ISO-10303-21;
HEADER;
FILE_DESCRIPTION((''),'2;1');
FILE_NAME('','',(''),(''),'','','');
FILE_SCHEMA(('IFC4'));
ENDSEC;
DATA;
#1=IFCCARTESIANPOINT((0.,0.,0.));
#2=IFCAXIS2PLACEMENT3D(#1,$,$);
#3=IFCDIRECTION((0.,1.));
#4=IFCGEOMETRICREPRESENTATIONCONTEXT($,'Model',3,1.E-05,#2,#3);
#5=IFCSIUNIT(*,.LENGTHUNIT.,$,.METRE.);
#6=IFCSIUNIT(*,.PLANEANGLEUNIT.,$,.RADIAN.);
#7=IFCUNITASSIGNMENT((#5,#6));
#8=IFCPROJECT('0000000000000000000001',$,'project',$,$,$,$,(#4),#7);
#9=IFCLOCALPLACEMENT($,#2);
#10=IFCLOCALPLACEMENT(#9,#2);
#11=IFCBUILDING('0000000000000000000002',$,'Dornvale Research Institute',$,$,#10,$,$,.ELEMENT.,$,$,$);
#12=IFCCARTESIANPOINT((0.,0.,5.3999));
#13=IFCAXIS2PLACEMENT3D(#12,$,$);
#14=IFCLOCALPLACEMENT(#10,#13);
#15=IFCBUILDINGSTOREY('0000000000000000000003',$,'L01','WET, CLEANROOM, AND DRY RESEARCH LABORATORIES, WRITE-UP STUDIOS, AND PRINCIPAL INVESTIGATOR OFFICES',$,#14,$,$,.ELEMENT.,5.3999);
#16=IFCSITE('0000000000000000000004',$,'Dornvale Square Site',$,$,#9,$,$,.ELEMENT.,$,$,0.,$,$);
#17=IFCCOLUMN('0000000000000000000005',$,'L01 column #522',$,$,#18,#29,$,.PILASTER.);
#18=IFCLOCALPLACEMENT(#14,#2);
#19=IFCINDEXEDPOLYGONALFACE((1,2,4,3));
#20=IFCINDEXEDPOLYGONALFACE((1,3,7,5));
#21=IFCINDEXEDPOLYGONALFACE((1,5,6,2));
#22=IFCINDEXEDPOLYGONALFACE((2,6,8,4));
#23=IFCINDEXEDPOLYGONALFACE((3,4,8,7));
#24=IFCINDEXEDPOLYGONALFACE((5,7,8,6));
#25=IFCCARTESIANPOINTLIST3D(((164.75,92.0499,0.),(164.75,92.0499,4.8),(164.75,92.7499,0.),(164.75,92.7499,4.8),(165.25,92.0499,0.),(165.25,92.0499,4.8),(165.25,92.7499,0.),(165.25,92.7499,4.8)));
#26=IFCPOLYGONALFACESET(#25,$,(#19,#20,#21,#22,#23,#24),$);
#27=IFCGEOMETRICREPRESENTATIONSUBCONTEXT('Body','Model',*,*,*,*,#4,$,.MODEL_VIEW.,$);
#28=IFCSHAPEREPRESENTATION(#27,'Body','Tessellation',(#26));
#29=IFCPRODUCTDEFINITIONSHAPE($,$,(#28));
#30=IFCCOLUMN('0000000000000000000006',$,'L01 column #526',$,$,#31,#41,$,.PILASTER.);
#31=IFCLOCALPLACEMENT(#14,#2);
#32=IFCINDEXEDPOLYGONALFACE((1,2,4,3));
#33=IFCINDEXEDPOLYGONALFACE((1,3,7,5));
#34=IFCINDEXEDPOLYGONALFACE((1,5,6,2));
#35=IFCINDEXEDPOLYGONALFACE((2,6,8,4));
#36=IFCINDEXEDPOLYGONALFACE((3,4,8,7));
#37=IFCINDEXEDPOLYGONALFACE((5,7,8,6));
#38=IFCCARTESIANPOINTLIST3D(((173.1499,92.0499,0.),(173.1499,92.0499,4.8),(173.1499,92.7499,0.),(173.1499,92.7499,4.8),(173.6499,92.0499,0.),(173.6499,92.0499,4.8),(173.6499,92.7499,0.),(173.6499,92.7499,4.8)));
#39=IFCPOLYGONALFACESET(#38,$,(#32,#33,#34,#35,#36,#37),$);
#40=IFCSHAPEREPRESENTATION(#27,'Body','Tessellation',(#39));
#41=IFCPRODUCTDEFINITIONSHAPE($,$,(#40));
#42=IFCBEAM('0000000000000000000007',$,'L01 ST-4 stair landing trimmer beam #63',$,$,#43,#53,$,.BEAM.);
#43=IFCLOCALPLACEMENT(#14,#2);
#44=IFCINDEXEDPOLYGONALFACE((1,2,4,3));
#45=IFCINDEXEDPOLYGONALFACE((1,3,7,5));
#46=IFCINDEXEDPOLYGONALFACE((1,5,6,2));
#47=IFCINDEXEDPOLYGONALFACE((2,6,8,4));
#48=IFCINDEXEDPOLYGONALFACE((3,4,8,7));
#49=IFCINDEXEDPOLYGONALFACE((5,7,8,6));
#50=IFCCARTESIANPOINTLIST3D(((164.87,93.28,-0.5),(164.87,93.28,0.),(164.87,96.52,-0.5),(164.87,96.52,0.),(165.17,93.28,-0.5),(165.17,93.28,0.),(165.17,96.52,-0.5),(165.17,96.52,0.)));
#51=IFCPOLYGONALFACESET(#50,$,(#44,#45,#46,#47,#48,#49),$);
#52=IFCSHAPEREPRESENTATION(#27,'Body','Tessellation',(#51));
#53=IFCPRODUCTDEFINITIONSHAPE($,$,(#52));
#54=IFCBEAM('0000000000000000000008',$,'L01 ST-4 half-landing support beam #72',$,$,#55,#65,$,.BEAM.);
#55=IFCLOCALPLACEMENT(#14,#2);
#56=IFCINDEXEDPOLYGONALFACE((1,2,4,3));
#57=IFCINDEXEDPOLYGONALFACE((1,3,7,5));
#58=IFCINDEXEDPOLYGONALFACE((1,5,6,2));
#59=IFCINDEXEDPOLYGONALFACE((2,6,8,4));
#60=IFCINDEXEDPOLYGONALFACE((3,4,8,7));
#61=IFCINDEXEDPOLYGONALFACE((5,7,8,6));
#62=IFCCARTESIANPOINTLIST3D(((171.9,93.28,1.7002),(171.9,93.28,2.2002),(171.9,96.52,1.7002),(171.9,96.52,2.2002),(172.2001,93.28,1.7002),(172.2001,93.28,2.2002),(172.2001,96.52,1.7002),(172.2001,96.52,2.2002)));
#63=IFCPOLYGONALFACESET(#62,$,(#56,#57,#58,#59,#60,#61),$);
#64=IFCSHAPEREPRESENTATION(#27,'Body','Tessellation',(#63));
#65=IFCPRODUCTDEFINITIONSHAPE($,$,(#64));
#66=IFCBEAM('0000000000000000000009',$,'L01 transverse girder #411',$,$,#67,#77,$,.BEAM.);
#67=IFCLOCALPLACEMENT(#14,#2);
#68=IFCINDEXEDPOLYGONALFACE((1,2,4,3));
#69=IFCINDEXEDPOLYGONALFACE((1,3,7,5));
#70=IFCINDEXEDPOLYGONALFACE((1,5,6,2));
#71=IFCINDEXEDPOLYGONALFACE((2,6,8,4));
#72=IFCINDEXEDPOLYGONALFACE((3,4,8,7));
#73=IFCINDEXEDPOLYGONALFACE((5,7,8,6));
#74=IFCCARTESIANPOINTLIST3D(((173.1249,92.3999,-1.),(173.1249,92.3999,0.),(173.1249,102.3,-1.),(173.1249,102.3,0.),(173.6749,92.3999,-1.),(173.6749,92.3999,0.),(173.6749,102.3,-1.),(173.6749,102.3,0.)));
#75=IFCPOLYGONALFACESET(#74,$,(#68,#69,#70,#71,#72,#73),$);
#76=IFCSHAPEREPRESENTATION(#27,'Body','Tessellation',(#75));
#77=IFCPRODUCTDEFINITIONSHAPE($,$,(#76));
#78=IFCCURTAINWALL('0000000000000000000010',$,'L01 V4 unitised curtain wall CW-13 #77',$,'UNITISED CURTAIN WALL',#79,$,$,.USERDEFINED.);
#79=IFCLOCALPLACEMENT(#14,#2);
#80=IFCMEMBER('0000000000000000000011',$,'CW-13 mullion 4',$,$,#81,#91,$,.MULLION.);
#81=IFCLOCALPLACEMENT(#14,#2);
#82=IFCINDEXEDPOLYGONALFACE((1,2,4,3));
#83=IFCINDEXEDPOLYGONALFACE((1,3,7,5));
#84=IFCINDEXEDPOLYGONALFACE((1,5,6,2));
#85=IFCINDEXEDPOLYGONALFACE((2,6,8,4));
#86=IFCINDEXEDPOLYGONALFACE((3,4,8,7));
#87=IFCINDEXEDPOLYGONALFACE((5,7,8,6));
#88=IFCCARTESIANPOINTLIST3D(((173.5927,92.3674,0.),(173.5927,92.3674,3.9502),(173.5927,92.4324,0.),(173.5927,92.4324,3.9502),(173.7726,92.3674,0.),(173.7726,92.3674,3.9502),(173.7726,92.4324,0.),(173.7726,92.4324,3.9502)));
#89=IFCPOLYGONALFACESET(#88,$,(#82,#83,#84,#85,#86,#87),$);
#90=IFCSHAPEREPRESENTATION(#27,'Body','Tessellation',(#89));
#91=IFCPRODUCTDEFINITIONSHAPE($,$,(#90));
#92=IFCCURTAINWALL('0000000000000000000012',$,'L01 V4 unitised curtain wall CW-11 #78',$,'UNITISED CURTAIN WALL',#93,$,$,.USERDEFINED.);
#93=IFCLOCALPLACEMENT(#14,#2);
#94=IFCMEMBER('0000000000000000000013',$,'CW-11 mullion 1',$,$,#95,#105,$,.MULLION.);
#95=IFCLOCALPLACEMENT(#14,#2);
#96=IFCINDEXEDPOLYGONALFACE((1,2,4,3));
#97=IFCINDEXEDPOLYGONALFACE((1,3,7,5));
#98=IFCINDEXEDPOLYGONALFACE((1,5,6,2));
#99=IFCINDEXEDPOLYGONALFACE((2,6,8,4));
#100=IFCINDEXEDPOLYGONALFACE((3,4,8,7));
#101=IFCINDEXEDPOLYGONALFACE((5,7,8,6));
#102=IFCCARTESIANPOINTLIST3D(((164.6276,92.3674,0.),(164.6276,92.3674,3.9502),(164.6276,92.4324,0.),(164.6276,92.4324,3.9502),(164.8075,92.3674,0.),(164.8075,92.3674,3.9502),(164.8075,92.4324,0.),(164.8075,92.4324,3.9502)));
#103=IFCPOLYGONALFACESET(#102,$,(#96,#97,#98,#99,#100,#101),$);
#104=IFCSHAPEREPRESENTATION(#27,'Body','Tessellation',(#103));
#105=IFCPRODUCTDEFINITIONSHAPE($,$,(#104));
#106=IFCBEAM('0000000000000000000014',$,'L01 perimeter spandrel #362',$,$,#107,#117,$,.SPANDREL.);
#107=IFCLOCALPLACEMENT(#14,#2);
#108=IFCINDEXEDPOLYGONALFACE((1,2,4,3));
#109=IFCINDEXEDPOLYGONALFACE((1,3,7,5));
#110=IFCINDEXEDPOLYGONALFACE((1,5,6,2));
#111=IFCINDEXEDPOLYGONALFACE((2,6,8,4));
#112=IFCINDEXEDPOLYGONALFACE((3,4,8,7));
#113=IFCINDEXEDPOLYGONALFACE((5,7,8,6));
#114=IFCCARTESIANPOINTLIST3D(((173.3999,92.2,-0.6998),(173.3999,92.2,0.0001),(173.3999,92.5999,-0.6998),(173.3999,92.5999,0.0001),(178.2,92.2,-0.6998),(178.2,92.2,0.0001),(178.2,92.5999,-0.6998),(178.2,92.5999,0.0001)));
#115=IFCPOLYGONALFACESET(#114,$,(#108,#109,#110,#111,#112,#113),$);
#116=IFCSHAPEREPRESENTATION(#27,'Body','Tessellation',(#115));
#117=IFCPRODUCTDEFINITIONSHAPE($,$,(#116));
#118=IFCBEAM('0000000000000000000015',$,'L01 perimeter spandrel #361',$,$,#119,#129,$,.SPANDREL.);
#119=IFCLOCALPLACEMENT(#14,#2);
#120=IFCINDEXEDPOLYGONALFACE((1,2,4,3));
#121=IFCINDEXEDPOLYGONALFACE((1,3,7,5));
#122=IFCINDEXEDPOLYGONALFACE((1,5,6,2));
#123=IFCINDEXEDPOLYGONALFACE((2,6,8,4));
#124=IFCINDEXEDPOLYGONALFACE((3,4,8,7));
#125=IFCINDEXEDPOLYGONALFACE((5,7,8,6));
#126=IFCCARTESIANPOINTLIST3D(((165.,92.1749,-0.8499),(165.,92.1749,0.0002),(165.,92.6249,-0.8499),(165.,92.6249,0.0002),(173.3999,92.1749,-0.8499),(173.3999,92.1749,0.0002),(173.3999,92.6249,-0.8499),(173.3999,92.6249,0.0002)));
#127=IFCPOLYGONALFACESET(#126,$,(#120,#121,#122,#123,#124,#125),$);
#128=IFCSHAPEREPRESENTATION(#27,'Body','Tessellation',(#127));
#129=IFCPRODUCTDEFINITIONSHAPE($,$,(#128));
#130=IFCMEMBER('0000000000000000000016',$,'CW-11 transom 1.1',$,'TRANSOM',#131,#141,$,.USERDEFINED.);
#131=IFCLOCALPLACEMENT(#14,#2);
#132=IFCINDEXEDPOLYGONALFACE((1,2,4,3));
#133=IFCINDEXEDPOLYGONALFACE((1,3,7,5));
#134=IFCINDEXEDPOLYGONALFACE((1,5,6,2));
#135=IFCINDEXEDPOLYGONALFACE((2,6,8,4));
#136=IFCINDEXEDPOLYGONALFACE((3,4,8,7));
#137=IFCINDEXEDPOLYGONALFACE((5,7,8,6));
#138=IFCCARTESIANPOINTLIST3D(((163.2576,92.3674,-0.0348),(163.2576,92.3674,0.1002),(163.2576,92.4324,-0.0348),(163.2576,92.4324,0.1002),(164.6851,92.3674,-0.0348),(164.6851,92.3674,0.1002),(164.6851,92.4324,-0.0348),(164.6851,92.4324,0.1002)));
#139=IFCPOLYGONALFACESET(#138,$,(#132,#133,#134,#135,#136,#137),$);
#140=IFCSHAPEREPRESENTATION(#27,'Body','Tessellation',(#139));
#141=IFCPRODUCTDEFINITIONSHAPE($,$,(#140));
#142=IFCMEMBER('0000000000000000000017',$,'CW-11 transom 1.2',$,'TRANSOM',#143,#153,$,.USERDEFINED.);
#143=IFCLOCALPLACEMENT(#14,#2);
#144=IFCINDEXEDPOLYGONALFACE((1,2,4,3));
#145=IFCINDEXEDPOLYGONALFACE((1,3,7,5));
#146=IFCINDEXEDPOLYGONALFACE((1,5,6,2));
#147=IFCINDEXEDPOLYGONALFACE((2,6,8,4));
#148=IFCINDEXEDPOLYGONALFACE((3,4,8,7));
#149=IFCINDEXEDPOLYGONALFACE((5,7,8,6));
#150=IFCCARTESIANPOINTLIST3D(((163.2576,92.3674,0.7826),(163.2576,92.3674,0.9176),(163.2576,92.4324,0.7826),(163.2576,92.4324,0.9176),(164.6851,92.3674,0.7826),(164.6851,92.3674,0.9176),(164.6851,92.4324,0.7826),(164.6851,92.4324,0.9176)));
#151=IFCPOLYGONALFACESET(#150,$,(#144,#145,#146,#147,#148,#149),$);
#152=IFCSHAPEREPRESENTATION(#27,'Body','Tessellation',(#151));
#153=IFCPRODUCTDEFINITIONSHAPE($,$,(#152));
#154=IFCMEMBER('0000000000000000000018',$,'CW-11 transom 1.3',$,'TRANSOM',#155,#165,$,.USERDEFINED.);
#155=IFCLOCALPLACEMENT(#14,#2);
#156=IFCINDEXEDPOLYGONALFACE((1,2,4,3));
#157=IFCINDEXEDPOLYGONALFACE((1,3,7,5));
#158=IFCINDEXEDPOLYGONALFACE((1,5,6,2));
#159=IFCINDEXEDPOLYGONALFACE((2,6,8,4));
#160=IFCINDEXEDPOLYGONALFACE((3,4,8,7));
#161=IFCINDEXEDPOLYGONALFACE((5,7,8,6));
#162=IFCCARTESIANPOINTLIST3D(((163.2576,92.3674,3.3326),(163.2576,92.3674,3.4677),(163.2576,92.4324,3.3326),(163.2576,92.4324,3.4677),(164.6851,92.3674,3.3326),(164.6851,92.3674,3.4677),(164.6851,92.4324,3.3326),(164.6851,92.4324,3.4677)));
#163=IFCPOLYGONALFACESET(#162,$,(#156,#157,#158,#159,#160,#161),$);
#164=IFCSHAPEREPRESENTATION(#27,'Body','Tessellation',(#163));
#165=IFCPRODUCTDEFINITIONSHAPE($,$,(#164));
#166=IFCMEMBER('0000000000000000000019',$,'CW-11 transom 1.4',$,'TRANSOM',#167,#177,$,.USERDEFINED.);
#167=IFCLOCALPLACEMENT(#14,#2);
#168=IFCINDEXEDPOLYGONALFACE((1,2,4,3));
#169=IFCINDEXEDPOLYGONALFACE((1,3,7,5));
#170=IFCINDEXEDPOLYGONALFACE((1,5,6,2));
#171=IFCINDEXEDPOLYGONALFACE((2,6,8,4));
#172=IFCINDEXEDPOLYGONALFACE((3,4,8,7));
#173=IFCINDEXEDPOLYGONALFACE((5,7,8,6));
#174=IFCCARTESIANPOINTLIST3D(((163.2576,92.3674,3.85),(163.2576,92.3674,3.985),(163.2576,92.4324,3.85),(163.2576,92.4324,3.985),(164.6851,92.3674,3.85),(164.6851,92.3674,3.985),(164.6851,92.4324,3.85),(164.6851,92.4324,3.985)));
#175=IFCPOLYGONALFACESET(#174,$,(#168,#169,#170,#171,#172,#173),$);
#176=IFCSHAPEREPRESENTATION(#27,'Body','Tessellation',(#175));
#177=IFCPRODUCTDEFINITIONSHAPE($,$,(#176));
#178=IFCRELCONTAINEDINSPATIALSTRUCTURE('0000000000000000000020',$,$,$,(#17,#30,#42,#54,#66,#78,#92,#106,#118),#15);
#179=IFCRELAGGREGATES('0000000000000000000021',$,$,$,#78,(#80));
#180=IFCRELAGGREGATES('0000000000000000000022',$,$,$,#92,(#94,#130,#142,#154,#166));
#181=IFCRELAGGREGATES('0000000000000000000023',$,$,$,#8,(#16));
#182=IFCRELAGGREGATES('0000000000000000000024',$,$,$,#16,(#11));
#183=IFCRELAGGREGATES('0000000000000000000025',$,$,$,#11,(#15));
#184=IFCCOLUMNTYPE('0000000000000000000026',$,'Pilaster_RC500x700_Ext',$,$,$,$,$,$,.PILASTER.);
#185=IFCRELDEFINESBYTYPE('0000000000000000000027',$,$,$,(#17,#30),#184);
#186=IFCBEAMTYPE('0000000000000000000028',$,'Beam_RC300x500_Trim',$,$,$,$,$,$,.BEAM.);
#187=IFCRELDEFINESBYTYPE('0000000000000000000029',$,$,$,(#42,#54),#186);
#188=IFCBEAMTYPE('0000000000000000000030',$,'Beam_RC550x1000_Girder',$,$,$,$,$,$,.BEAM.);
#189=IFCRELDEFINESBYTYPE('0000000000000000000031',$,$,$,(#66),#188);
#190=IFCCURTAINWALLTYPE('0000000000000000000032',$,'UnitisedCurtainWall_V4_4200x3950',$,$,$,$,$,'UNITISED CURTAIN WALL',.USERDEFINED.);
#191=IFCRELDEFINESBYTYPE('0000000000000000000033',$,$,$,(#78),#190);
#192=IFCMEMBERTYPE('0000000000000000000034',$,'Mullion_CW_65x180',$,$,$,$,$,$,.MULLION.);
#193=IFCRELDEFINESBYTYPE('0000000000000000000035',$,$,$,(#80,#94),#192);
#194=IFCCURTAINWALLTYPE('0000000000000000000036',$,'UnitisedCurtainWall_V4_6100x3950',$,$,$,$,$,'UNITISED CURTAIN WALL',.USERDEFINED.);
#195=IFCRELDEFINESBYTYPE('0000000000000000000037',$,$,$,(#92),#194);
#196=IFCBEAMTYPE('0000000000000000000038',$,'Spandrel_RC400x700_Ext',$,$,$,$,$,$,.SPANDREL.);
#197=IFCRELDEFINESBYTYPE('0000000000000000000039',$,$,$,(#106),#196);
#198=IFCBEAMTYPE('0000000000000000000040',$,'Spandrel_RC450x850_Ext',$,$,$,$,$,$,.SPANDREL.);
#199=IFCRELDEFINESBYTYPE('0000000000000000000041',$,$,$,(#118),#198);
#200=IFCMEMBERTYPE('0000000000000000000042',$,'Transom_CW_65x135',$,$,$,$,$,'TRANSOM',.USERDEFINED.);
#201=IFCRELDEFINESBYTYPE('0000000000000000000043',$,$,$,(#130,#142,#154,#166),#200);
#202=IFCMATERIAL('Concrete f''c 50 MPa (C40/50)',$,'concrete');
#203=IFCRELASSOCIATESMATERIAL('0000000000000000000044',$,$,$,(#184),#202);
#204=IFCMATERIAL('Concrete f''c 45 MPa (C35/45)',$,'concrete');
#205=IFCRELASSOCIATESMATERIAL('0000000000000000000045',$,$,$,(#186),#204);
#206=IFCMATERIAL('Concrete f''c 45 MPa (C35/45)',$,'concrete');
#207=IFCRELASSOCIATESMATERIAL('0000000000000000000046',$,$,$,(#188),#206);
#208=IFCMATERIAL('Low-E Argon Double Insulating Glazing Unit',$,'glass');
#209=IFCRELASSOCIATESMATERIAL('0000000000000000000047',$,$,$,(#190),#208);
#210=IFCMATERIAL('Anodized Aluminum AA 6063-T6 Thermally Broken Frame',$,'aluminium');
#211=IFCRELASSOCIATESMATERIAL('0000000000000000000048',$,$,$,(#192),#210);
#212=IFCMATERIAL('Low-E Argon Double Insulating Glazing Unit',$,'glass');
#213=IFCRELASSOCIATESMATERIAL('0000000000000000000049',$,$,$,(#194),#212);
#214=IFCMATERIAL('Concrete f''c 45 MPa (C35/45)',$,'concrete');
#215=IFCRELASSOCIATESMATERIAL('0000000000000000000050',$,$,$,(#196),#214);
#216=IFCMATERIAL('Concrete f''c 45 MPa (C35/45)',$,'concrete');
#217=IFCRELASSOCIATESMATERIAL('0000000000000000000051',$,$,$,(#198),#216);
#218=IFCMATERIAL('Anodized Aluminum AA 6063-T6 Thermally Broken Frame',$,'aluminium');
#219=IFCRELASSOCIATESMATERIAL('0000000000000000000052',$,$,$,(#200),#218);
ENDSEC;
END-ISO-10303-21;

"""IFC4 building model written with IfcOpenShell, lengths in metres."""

from ifc_helpers import new_model, si_unit, direction, frame, origin, origin_2d, place, context, subcontext, project, spatial, rectangle, extrude, material, material_profile, profile_set, type_object, element, aggregate, save


model = new_model("IFC4")

# Units and contexts
model_context = context("Model", 3, precision=1e-05, world=origin(), true_north=direction((0.0, 1.0)))
body_context = subcontext(model_context, "Body", "Model", "MODEL_VIEW")
ifc_project = project(units=[si_unit("LENGTHUNIT", "METRE"), si_unit("PLANEANGLEUNIT", "RADIAN")], contexts=[model_context])

# Site, building, storey
site_placement = place(None, origin())
site = spatial("IfcSite", under=ifc_project, at=site_placement, Name="Dornvale Square Site", CompositionType="ELEMENT", RefElevation=0.0)
building_placement = place(site_placement, origin())
building = spatial("IfcBuilding", under=site, at=building_placement, Name="Dornvale Research Institute", CompositionType="ELEMENT")
storey_placement = place(building_placement, frame((0.0, 0.0, 5.3999)))
storey = spatial("IfcBuildingStorey", under=building, at=storey_placement, Name="L01", Description="WET, CLEANROOM, AND DRY RESEARCH LABORATORIES, WRITE-UP STUDIOS, AND PRINCIPAL INVESTIGATOR OFFICES", CompositionType="ELEMENT", Elevation=5.3999)

# Columns
ifc_material_1 = material(Name="Concrete f'c 50 MPa (C40/50)", Category="concrete")
ifc_material_profile_1 = material_profile(ifc_material_1, rectangle(XDim=0.5, YDim=0.7, at=origin_2d()), Name="RC 500x700")
ifc_profile_set_1 = profile_set([ifc_material_profile_1], Name="Concrete f'c 50 MPa (C40/50)")
column_type = type_object("IfcColumnType", Name="Pilaster_RC500x700_Ext", PredefinedType="PILASTER", material=ifc_profile_set_1)
for number, where, z_axis, x_axis, name in (
    (1, (165.0, 92.3999, 0.0), (0.0, 0.0, 1.0), (1.0, 0.0, 0.0), "L01 column #522"),
    (2, (173.3999, 92.3999, 0.0), (0.0, 0.0, 1.0), (1.0, 0.0, 0.0), "L01 column #526"),
):
    element("IfcColumn", number, at=place(storey_placement, frame(where, z_axis=z_axis, x_axis=x_axis)), inside=storey, type_object=column_type, Name=name, PredefinedType="PILASTER", context=body_context, shape_type="SweptSolid", body=[
        extrude(rectangle(XDim=0.5, YDim=0.7, at=origin_2d()), origin(), (0.0, 0.0, 1.0), 4.8),
    ])

# Beams
ifc_material_2 = material(Name="Concrete f'c 45 MPa (C35/45)", Category="concrete")
ifc_material_profile_2 = material_profile(ifc_material_2, rectangle(XDim=0.3, YDim=0.5, at=origin_2d()), Name="RC 300x500")
ifc_profile_set_2 = profile_set([ifc_material_profile_2], Name="Concrete f'c 45 MPa (C35/45)")
beam_type_1 = type_object("IfcBeamType", Name="Beam_RC300x500_Trim", PredefinedType="BEAM", material=ifc_profile_set_2)
for number, where, z_axis, x_axis, name in (
    (3, (165.02, 93.28, -0.25), (0.0, 1.0, 0.0), (-1.0, 0.0, 0.0), "L01 ST-4 stair landing trimmer beam #63"),
    (4, (172.05, 93.28, 1.9502), (0.0, 1.0, 0.0), (-1.0, 0.0, 0.0), "L01 ST-4 half-landing support beam #72"),
):
    element("IfcBeam", number, at=place(storey_placement, frame(where, z_axis=z_axis, x_axis=x_axis)), inside=storey, type_object=beam_type_1, Name=name, PredefinedType="BEAM", context=body_context, shape_type="SweptSolid", body=[
        extrude(rectangle(XDim=0.3, YDim=0.5, at=origin_2d()), origin(), (0.0, 0.0, 1.0), 3.24),
    ])
ifc_material_3 = material(Name="Concrete f'c 45 MPa (C35/45)", Category="concrete")
ifc_material_profile_3 = material_profile(ifc_material_3, rectangle(XDim=0.55, YDim=1.0, at=origin_2d()), Name="RC 550x1000")
ifc_profile_set_3 = profile_set([ifc_material_profile_3], Name="Concrete f'c 45 MPa (C35/45)")
beam_type_2 = type_object("IfcBeamType", Name="Beam_RC550x1000_Girder", PredefinedType="BEAM", material=ifc_profile_set_3)
beam_1_placement = place(storey_placement, frame((173.3999, 92.3999, -0.5), z_axis=(0.0, 1.0, 0.0), x_axis=(-1.0, 0.0, 0.0)))
element("IfcBeam", 5, at=beam_1_placement, inside=storey, type_object=beam_type_2, Name="L01 transverse girder #411", PredefinedType="BEAM", context=body_context, shape_type="SweptSolid", body=[
    extrude(rectangle(XDim=0.55, YDim=1.0, at=origin_2d()), origin(), (0.0, 0.0, 1.0), 9.9001),
])

# Curtain walls, members
ifc_material_4 = material(Name="Low-E Argon Double Insulating Glazing Unit", Category="glass")
curtain_wall_type_1 = type_object("IfcCurtainWallType", Name="UnitisedCurtainWall_V4_4200x3950", ElementType="UNITISED CURTAIN WALL", PredefinedType="USERDEFINED", material=ifc_material_4)
curtain_wall_1_placement = place(storey_placement, origin())
curtain_wall_1 = element("IfcCurtainWall", 6, at=curtain_wall_1_placement, inside=storey, type_object=curtain_wall_type_1, Name="L01 V4 unitised curtain wall CW-13 #77", ObjectType="UNITISED CURTAIN WALL", PredefinedType="USERDEFINED")
ifc_material_5 = material(Name="Anodized Aluminum AA 6063-T6 Thermally Broken Frame", Category="aluminium")
ifc_material_profile_4 = material_profile(ifc_material_5, rectangle(XDim=0.0649, YDim=0.1799, at=origin_2d()), Name="ALU MULLION 65x180")
ifc_profile_set_4 = profile_set([ifc_material_profile_4], Name="Anodized Aluminum AA 6063-T6 Thermally Broken Frame")
member_type_1 = type_object("IfcMemberType", Name="Mullion_CW_65x180", PredefinedType="MULLION", material=ifc_profile_set_4)
member_1_placement = place(storey_placement, frame((173.6826, 92.3999, 0.0), z_axis=(0.0, 0.0, 1.0), x_axis=(0.0, -1.0, 0.0)))
member_1 = element("IfcMember", 7, at=member_1_placement, type_object=member_type_1, Name="CW-13 mullion 4", PredefinedType="MULLION", context=body_context, shape_type="SweptSolid", body=[
    extrude(rectangle(XDim=0.0649, YDim=0.1799, at=origin_2d()), origin(), (0.0, 0.0, 1.0), 3.9502),
])
ifc_material_6 = material(Name="Low-E Argon Double Insulating Glazing Unit", Category="glass")
curtain_wall_type_2 = type_object("IfcCurtainWallType", Name="UnitisedCurtainWall_V4_6100x3950", ElementType="UNITISED CURTAIN WALL", PredefinedType="USERDEFINED", material=ifc_material_6)
curtain_wall_2_placement = place(storey_placement, origin())
curtain_wall_2 = element("IfcCurtainWall", 8, at=curtain_wall_2_placement, inside=storey, type_object=curtain_wall_type_2, Name="L01 V4 unitised curtain wall CW-11 #78", ObjectType="UNITISED CURTAIN WALL", PredefinedType="USERDEFINED")
member_2_placement = place(storey_placement, frame((164.7175, 92.3999, 0.0), z_axis=(0.0, 0.0, 1.0), x_axis=(0.0, -1.0, 0.0)))
member_2 = element("IfcMember", 9, at=member_2_placement, type_object=member_type_1, Name="CW-11 mullion 1", PredefinedType="MULLION", context=body_context, shape_type="SweptSolid", body=[
    extrude(rectangle(XDim=0.0649, YDim=0.1799, at=origin_2d()), origin(), (0.0, 0.0, 1.0), 3.9502),
])

# Beams
ifc_material_7 = material(Name="Concrete f'c 45 MPa (C35/45)", Category="concrete")
ifc_material_profile_5 = material_profile(ifc_material_7, rectangle(XDim=0.3999, YDim=0.7, at=origin_2d()), Name="RC 400x700")
ifc_profile_set_5 = profile_set([ifc_material_profile_5], Name="Concrete f'c 45 MPa (C35/45)")
beam_type_3 = type_object("IfcBeamType", Name="Spandrel_RC400x700_Ext", PredefinedType="SPANDREL", material=ifc_profile_set_5)
beam_2_placement = place(storey_placement, frame((173.3999, 92.3999, -0.3499), z_axis=(1.0, 0.0, 0.0), x_axis=(0.0, 1.0, 0.0)))
element("IfcBeam", 10, at=beam_2_placement, inside=storey, type_object=beam_type_3, Name="L01 perimeter spandrel #362", PredefinedType="SPANDREL", context=body_context, shape_type="SweptSolid", body=[
    extrude(rectangle(XDim=0.3999, YDim=0.7, at=origin_2d()), origin(), (0.0, 0.0, 1.0), 4.8),
])
ifc_material_8 = material(Name="Concrete f'c 45 MPa (C35/45)", Category="concrete")
ifc_material_profile_6 = material_profile(ifc_material_8, rectangle(XDim=0.45, YDim=0.8501, at=origin_2d()), Name="RC 450x850")
ifc_profile_set_6 = profile_set([ifc_material_profile_6], Name="Concrete f'c 45 MPa (C35/45)")
beam_type_4 = type_object("IfcBeamType", Name="Spandrel_RC450x850_Ext", PredefinedType="SPANDREL", material=ifc_profile_set_6)
beam_3_placement = place(storey_placement, frame((165.0, 92.3999, -0.4248), z_axis=(1.0, 0.0, 0.0), x_axis=(0.0, 1.0, 0.0)))
element("IfcBeam", 11, at=beam_3_placement, inside=storey, type_object=beam_type_4, Name="L01 perimeter spandrel #361", PredefinedType="SPANDREL", context=body_context, shape_type="SweptSolid", body=[
    extrude(rectangle(XDim=0.45, YDim=0.8501, at=origin_2d()), origin(), (0.0, 0.0, 1.0), 8.3999),
])

# Members
ifc_material_9 = material(Name="Anodized Aluminum AA 6063-T6 Thermally Broken Frame", Category="aluminium")
ifc_material_profile_7 = material_profile(ifc_material_9, rectangle(XDim=0.0649, YDim=0.135, at=origin_2d()), Name="ALU TRANSOM 65x135")
ifc_profile_set_7 = profile_set([ifc_material_profile_7], Name="Anodized Aluminum AA 6063-T6 Thermally Broken Frame")
member_type_2 = type_object("IfcMemberType", Name="Transom_CW_65x135", ElementType="TRANSOM", PredefinedType="USERDEFINED", material=ifc_profile_set_7)
member_3_placement = place(storey_placement, frame((164.6851, 92.3999, 0.0327), z_axis=(-1.0, 0.0, 0.0), x_axis=(0.0, -1.0, 0.0)))
member_3 = element("IfcMember", 12, at=member_3_placement, type_object=member_type_2, Name="CW-11 transom 1.1", ObjectType="TRANSOM", PredefinedType="USERDEFINED", context=body_context, shape_type="SweptSolid", body=[
    extrude(rectangle(XDim=0.0649, YDim=0.135, at=origin_2d()), origin(), (0.0, 0.0, 1.0), 1.4275),
])
member_4_placement = place(storey_placement, frame((164.6851, 92.3999, 0.8501), z_axis=(-1.0, 0.0, 0.0), x_axis=(0.0, -1.0, 0.0)))
member_4 = element("IfcMember", 13, at=member_4_placement, type_object=member_type_2, Name="CW-11 transom 1.2", ObjectType="TRANSOM", PredefinedType="USERDEFINED", context=body_context, shape_type="SweptSolid", body=[
    extrude(rectangle(XDim=0.0649, YDim=0.135, at=origin_2d()), origin(), (0.0, 0.0, 1.0), 1.4275),
])
member_5_placement = place(storey_placement, frame((164.6851, 92.3999, 3.4001), z_axis=(-1.0, 0.0, 0.0), x_axis=(0.0, -1.0, 0.0)))
member_5 = element("IfcMember", 14, at=member_5_placement, type_object=member_type_2, Name="CW-11 transom 1.3", ObjectType="TRANSOM", PredefinedType="USERDEFINED", context=body_context, shape_type="SweptSolid", body=[
    extrude(rectangle(XDim=0.0649, YDim=0.135, at=origin_2d()), origin(), (0.0, 0.0, 1.0), 1.4275),
])
member_6_placement = place(storey_placement, frame((164.6851, 92.3999, 3.9175), z_axis=(-1.0, 0.0, 0.0), x_axis=(0.0, -1.0, 0.0)))
member_6 = element("IfcMember", 15, at=member_6_placement, type_object=member_type_2, Name="CW-11 transom 1.4", ObjectType="TRANSOM", PredefinedType="USERDEFINED", context=body_context, shape_type="SweptSolid", body=[
    extrude(rectangle(XDim=0.0649, YDim=0.135, at=origin_2d()), origin(), (0.0, 0.0, 1.0), 1.4275),
])

aggregate(curtain_wall_1, [member_1])
aggregate(curtain_wall_2, [member_2, member_3, member_4, member_5, member_6])

save(model, "model.ifc")
